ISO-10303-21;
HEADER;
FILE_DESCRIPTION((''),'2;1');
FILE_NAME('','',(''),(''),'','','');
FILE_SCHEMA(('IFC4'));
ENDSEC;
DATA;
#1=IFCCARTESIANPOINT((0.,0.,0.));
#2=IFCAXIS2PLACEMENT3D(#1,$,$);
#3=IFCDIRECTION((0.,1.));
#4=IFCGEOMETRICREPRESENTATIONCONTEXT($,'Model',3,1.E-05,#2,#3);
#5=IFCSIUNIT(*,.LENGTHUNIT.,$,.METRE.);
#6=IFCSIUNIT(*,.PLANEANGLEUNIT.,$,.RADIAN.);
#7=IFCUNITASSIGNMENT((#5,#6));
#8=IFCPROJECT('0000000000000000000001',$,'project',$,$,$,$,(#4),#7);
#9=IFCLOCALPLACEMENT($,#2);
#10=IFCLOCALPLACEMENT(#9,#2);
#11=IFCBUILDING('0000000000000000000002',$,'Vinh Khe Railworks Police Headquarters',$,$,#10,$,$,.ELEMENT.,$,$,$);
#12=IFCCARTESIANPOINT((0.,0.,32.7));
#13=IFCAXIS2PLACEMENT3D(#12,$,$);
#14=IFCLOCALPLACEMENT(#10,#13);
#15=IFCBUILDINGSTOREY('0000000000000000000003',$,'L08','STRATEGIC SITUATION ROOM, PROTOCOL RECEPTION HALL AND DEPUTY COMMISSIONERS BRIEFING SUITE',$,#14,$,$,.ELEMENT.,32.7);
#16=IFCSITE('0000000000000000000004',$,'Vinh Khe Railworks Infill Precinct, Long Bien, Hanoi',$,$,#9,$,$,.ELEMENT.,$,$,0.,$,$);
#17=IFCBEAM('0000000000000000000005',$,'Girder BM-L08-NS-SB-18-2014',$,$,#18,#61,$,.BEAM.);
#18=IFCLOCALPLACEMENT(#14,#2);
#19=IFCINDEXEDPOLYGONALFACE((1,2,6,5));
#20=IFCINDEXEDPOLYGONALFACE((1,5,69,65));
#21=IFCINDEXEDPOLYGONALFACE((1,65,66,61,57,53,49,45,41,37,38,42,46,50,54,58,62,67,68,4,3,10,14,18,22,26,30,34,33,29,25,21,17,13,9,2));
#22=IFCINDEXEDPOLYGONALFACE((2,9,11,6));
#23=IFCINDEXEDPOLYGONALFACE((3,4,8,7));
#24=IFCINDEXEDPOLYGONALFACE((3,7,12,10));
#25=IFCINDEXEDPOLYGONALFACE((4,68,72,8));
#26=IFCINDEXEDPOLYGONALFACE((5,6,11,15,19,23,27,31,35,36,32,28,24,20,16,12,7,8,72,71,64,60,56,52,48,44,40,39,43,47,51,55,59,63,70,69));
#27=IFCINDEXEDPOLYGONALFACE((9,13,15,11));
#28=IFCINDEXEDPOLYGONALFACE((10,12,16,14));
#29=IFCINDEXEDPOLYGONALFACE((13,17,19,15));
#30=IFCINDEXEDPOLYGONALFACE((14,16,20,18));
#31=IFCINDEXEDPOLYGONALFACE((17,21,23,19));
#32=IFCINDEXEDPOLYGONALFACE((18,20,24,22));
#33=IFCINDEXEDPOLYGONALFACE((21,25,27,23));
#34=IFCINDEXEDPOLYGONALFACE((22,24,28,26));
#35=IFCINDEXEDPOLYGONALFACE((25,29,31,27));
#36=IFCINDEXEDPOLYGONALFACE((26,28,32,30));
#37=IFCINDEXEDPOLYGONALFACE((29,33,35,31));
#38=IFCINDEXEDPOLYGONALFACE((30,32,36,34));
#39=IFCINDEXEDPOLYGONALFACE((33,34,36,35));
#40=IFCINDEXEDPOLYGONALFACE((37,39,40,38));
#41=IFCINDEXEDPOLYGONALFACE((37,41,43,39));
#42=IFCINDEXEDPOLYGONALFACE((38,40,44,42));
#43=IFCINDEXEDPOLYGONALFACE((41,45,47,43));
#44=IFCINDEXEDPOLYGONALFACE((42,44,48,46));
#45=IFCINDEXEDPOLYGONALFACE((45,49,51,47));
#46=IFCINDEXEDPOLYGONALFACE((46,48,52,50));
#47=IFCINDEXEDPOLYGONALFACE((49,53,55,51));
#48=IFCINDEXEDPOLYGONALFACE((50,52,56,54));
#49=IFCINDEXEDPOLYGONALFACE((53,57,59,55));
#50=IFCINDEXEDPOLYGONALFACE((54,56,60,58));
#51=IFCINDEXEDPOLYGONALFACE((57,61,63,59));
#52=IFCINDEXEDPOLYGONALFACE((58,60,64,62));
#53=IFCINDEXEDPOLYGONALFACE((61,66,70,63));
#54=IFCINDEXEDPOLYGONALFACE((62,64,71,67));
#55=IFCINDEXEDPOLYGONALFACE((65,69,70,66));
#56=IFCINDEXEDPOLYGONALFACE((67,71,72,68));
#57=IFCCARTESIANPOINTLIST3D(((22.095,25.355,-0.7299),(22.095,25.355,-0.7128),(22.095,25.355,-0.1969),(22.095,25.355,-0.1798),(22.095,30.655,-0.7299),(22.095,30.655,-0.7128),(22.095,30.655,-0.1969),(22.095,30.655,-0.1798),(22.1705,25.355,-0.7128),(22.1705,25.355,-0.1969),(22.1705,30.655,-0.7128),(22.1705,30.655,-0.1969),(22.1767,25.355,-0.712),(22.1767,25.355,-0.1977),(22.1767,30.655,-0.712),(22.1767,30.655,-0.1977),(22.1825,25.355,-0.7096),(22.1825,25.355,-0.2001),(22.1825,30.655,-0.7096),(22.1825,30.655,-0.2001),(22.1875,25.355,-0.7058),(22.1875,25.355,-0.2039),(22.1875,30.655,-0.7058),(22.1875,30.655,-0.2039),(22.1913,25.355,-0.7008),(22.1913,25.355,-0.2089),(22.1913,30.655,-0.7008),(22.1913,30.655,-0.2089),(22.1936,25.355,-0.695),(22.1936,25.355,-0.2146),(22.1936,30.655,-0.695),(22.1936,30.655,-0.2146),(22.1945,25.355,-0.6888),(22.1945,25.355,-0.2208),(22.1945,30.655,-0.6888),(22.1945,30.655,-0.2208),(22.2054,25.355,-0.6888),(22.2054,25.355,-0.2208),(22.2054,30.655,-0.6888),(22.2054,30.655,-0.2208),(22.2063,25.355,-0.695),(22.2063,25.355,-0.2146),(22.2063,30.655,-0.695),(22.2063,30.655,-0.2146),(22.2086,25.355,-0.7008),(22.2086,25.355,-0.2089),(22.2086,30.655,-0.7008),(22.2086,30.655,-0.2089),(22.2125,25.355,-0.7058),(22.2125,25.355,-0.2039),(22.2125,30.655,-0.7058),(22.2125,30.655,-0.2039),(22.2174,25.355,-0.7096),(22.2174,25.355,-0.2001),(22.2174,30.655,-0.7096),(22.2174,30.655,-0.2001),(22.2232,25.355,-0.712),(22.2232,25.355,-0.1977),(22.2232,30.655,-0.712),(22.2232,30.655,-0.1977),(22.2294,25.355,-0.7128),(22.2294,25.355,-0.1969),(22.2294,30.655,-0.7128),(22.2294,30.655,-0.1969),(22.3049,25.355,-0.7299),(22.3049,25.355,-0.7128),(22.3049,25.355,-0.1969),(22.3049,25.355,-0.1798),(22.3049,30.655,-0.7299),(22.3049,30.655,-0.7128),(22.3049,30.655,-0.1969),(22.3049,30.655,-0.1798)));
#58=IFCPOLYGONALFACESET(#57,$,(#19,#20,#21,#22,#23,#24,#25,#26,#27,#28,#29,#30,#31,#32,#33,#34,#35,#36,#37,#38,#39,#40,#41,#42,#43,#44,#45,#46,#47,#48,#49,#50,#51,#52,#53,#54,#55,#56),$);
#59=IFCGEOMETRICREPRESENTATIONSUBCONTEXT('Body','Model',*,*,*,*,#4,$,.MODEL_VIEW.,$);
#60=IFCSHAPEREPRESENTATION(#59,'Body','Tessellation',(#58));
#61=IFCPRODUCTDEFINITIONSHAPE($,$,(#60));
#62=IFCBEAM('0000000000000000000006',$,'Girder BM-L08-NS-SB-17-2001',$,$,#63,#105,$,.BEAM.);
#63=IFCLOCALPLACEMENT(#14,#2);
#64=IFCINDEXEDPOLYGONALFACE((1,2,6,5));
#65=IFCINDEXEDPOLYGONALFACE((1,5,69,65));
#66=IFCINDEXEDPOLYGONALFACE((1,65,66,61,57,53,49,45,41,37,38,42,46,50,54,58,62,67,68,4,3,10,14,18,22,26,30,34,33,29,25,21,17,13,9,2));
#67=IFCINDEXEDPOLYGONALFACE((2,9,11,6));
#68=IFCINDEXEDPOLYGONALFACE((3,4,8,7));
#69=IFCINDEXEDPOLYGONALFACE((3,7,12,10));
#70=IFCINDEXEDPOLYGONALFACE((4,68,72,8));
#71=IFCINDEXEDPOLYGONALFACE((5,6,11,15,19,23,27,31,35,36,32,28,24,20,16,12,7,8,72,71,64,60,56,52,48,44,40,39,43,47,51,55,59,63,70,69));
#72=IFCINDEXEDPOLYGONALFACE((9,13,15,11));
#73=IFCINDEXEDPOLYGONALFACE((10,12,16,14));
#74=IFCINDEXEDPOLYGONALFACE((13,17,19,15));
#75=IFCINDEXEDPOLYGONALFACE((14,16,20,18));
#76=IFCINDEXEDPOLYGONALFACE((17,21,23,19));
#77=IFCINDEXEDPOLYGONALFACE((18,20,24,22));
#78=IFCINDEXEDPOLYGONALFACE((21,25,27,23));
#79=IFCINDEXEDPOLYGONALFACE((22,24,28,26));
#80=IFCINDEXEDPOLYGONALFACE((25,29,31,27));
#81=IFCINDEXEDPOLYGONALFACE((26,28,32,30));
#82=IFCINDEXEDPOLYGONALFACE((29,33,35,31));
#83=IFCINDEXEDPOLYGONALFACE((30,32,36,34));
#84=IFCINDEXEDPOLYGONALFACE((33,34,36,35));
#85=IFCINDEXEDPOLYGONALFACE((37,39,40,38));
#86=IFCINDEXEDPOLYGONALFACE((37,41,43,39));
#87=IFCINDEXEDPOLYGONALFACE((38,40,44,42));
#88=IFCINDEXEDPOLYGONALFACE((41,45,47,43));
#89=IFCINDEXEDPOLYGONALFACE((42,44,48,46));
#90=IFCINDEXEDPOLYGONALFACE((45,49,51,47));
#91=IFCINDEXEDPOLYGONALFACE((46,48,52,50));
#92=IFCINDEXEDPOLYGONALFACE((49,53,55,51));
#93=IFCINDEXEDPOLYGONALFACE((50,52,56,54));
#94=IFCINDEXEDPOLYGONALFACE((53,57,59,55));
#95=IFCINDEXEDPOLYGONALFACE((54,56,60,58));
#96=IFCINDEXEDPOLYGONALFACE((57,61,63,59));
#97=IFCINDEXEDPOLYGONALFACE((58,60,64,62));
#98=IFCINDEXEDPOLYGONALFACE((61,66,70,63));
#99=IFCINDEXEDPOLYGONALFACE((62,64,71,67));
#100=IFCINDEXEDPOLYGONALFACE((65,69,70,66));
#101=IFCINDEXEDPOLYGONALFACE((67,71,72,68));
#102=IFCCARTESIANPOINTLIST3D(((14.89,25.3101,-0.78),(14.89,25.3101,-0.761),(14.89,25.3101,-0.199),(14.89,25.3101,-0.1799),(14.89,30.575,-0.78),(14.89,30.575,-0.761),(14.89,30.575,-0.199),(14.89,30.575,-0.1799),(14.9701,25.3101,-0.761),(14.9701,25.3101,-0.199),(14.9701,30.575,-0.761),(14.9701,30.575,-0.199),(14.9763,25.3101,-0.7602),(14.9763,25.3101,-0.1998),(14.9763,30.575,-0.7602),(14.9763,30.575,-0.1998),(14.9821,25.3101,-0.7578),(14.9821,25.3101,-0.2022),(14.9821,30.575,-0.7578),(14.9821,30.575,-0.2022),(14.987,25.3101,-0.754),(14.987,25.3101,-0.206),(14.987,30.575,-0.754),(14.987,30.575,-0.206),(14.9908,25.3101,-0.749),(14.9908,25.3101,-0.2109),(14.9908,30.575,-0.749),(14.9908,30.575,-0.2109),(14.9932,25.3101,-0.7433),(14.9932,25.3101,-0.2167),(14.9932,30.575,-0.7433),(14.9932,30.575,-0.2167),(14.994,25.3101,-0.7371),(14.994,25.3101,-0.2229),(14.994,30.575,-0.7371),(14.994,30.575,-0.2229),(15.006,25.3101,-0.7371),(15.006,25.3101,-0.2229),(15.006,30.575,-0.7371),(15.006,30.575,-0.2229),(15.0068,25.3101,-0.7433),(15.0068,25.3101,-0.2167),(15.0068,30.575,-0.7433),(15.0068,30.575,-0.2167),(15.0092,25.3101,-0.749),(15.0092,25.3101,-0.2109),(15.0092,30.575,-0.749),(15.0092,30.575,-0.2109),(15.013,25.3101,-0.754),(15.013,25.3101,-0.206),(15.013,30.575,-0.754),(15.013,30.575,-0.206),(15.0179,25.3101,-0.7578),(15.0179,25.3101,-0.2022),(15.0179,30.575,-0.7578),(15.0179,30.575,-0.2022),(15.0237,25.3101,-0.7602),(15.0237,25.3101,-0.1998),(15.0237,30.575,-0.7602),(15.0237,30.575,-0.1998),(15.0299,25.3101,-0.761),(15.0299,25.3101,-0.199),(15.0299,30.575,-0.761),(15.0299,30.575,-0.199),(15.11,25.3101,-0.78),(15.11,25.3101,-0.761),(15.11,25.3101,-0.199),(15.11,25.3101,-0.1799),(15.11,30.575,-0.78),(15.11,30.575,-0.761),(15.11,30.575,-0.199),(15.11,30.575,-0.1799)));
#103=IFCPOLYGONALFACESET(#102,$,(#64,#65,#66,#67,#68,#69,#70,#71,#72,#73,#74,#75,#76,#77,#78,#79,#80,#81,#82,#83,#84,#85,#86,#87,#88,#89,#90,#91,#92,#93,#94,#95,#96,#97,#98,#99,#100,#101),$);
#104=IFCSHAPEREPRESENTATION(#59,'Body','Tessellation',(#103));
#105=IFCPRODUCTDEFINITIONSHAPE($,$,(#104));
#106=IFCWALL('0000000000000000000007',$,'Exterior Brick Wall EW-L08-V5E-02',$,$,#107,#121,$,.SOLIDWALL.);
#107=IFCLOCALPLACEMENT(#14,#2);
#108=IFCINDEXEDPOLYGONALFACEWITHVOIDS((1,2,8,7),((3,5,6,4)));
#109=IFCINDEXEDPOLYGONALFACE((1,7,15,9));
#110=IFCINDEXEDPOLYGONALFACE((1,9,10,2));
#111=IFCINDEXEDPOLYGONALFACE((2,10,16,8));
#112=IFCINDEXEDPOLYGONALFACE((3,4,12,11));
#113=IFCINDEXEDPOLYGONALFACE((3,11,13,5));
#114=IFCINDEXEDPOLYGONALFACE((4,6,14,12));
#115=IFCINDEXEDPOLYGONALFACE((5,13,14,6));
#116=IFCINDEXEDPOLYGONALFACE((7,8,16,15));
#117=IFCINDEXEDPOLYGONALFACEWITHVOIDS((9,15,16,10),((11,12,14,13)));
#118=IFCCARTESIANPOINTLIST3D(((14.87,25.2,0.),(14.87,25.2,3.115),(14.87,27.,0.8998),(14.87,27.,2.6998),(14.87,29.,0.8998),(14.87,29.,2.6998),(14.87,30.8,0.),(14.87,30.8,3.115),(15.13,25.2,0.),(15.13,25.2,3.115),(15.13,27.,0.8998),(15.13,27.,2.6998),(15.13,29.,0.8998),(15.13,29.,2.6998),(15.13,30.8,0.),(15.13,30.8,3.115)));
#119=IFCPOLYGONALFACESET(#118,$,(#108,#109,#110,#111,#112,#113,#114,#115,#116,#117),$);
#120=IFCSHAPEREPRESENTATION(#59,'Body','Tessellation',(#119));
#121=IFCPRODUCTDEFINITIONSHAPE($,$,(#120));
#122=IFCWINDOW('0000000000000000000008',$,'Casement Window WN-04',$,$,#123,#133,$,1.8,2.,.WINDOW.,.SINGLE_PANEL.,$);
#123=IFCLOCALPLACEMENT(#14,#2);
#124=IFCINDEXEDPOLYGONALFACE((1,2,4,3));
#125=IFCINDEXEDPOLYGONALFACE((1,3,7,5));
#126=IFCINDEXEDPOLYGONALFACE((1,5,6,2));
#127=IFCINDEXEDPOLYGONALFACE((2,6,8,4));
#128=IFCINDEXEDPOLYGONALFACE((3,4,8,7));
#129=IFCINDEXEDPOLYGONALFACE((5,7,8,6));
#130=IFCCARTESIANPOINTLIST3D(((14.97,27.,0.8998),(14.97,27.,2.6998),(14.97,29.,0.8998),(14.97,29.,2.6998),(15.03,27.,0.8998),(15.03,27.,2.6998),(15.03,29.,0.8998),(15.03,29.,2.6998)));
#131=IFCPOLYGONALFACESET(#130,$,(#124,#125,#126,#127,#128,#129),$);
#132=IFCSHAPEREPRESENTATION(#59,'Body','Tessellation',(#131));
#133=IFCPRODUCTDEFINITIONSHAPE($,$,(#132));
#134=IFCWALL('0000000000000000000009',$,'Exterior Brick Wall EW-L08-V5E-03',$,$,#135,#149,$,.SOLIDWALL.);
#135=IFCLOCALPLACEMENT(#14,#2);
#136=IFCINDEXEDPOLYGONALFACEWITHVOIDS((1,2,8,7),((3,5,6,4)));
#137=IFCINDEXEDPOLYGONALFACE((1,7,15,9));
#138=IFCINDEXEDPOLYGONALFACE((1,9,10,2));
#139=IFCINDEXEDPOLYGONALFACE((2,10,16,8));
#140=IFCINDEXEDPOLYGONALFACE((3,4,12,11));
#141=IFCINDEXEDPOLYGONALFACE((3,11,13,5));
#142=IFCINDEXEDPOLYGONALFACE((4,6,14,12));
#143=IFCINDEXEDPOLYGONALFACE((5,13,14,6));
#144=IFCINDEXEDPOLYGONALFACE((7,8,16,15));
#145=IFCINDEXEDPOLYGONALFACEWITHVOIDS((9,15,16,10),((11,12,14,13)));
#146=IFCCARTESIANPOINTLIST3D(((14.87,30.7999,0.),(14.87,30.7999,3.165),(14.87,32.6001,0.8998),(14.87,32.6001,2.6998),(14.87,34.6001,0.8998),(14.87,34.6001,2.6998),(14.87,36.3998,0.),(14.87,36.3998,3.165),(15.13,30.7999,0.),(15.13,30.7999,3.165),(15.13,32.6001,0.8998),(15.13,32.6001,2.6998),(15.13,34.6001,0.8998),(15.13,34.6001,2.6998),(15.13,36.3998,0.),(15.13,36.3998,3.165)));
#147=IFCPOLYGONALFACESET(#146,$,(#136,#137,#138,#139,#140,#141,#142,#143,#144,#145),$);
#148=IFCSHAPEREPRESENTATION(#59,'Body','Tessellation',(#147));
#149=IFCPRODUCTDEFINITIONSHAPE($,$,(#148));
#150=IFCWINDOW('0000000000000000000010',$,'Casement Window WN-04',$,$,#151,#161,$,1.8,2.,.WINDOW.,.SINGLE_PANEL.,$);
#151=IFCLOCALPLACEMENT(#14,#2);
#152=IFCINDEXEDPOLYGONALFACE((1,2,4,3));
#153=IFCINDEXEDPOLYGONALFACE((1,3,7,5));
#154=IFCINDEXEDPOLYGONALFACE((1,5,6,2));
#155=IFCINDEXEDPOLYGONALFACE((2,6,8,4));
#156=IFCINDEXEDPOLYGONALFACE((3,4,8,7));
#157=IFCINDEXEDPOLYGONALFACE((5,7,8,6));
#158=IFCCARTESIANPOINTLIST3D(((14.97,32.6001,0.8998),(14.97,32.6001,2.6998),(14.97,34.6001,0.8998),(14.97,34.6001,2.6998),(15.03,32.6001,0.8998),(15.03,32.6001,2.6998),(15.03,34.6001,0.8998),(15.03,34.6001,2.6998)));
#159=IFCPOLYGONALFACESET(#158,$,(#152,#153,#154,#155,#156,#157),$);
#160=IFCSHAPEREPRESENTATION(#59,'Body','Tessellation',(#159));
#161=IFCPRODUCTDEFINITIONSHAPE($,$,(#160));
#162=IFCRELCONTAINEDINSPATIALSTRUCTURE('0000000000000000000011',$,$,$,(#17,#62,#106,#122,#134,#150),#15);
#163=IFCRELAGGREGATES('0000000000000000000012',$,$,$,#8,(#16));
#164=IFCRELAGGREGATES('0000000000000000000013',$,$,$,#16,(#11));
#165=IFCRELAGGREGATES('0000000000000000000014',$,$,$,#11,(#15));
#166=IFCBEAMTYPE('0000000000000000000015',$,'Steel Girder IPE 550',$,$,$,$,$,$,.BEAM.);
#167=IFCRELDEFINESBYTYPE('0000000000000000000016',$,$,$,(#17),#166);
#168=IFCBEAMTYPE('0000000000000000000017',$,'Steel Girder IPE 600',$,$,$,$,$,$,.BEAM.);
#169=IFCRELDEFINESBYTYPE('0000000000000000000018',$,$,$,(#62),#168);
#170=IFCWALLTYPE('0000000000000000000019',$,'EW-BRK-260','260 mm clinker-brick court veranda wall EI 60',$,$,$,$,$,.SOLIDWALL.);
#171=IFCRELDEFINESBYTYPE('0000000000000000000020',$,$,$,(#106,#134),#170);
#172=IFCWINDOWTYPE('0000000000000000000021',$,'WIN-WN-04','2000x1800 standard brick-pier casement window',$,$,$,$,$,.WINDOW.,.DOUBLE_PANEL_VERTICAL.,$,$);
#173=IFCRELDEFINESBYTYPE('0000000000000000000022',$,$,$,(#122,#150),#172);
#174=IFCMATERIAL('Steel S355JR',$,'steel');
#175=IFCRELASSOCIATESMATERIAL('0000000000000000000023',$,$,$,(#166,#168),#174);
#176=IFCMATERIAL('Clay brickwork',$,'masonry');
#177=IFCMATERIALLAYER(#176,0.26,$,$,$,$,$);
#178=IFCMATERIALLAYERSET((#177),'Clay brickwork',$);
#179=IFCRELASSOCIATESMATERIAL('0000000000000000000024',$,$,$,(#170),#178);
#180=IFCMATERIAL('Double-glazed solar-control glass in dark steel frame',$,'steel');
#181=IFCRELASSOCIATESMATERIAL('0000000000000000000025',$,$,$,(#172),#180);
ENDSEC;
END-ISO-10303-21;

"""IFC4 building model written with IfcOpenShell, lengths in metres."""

from ifc_helpers import new_model, si_unit, direction, frame, frame_2d, origin, origin_2d, place, context, subcontext, project, spatial, rectangle, i_section, extrude, material, layer, layer_set, material_profile, profile_set, type_object, element, fill, save


model = new_model("IFC4")

# Units and contexts
model_context = context("Model", 3, precision=1e-05, world=origin(), true_north=direction((0.0, 1.0)))
body_context = subcontext(model_context, "Body", "Model", "MODEL_VIEW")
ifc_project = project(units=[si_unit("LENGTHUNIT", "METRE"), si_unit("PLANEANGLEUNIT", "RADIAN")], contexts=[model_context])

# Site, building, storey
site_placement = place(None, origin())
site = spatial("IfcSite", under=ifc_project, at=site_placement, Name="Vinh Khe Railworks Infill Precinct, Long Bien, Hanoi", CompositionType="ELEMENT", RefElevation=0.0)
building_placement = place(site_placement, origin())
building = spatial("IfcBuilding", under=site, at=building_placement, Name="Vinh Khe Railworks Police Headquarters", CompositionType="ELEMENT")
storey_placement = place(building_placement, frame((0.0, 0.0, 32.7)))
storey = spatial("IfcBuildingStorey", under=building, at=storey_placement, Name="L08", Description="STRATEGIC SITUATION ROOM, PROTOCOL RECEPTION HALL AND DEPUTY COMMISSIONERS BRIEFING SUITE", CompositionType="ELEMENT", Elevation=32.7)

# Shared definitions
ifc_material_1 = material(Name="Steel S355JR", Category="steel")

# Beams
ifc_material_profile_1 = material_profile(ifc_material_1, i_section(OverallWidth=0.21, OverallDepth=0.55, WebThickness=0.011, FlangeThickness=0.0171, FilletRadius=0.0239, at=origin_2d()), Name="IPE 550")
ifc_profile_set_1 = profile_set([ifc_material_profile_1], Name="Steel S355JR")
beam_type_1 = type_object("IfcBeamType", Name="Steel Girder IPE 550", PredefinedType="BEAM", material=ifc_profile_set_1)
beam_1_placement = place(storey_placement, frame((22.2, 25.355, -0.4548), z_axis=(0.0, 1.0, 0.0), x_axis=(-1.0, 0.0, 0.0)))
element("IfcBeam", 1, at=beam_1_placement, inside=storey, type_object=beam_type_1, Name="Girder BM-L08-NS-SB-18-2014", PredefinedType="BEAM", context=body_context, shape_type="SweptSolid", body=[
    extrude(i_section(OverallWidth=0.21, OverallDepth=0.55, WebThickness=0.011, FlangeThickness=0.0171, FilletRadius=0.0239, at=origin_2d()), origin(), (0.0, 0.0, 1.0), 5.3),
])
ifc_material_profile_2 = material_profile(ifc_material_1, i_section(OverallWidth=0.22, OverallDepth=0.6001, WebThickness=0.012, FlangeThickness=0.019, FilletRadius=0.0239, at=origin_2d()), Name="IPE 600")
ifc_profile_set_2 = profile_set([ifc_material_profile_2], Name="Steel S355JR")
beam_type_2 = type_object("IfcBeamType", Name="Steel Girder IPE 600", PredefinedType="BEAM", material=ifc_profile_set_2)
beam_2_placement = place(storey_placement, frame((15.0, 25.3101, -0.48), z_axis=(0.0, 1.0, 0.0), x_axis=(-1.0, 0.0, 0.0)))
element("IfcBeam", 2, at=beam_2_placement, inside=storey, type_object=beam_type_2, Name="Girder BM-L08-NS-SB-17-2001", PredefinedType="BEAM", context=body_context, shape_type="SweptSolid", body=[
    extrude(i_section(OverallWidth=0.22, OverallDepth=0.6001, WebThickness=0.012, FlangeThickness=0.019, FilletRadius=0.0239, at=origin_2d()), origin(), (0.0, 0.0, 1.0), 5.2649),
])

# Walls, openings, windows
ifc_material_2 = material(Name="Clay brickwork", Category="masonry")
ifc_layer_1 = layer(ifc_material_2, 0.26)
ifc_layer_set_1 = layer_set([ifc_layer_1], Name="Clay brickwork")
wall_type_1 = type_object("IfcWallType", Name="EW-BRK-260", Description="260 mm clinker-brick court veranda wall EI 60", PredefinedType="SOLIDWALL", material=ifc_layer_set_1)
wall_1_placement = place(storey_placement, frame((15.0, 25.2, 0.0), z_axis=(0.0, 0.0, 1.0), x_axis=(0.0, 1.0, 0.0)))
wall_1 = element("IfcWall", 3, at=wall_1_placement, inside=storey, type_object=wall_type_1, Name="Exterior Brick Wall EW-L08-V5E-02", PredefinedType="SOLIDWALL", context=body_context, shape_type="SweptSolid", body=[
    extrude(rectangle(XDim=5.6001, YDim=0.26, at=frame_2d((2.8, 0.0))), origin(), (0.0, 0.0, 1.0), 3.115),
])
opening_1_placement = place(wall_1_placement, frame((1.8, 0.0, 0.8999)))
opening_1 = element("IfcOpeningElement", 4, at=opening_1_placement, cuts=wall_1, PredefinedType="OPENING", context=body_context, shape_type="SweptSolid", body=[
    extrude(rectangle(XDim=2.0, YDim=1.8, at=frame_2d((1.0, 0.8999))), frame((0.0, 0.145, 0.0), z_axis=(0.0, -1.0, 0.0), x_axis=(1.0, 0.0, 0.0)), (0.0, 0.0, 1.0), 0.2898),
])
ifc_material_3 = material(Name="Double-glazed solar-control glass in dark steel frame", Category="steel")
window_type_1 = type_object("IfcWindowType", Name="WIN-WN-04", Description="2000x1800 standard brick-pier casement window", PartitioningType="DOUBLE_PANEL_VERTICAL", PredefinedType="WINDOW", material=ifc_material_3)
window_1_placement = place(opening_1_placement, origin())
window_1 = element("IfcWindow", 5, at=window_1_placement, inside=storey, type_object=window_type_1, Name="Casement Window WN-04", OverallHeight=1.8, OverallWidth=2.0, PartitioningType="SINGLE_PANEL", PredefinedType="WINDOW", context=body_context, shape_type="SweptSolid", body=[
    extrude(rectangle(XDim=2.0, YDim=1.8, at=frame_2d((1.0, 0.8999))), frame((0.0, 0.03, 0.0), z_axis=(0.0, -1.0, 0.0), x_axis=(1.0, 0.0, 0.0)), (0.0, 0.0, 1.0), 0.0601),
])
fill(opening_1, window_1)
wall_2_placement = place(storey_placement, frame((15.0, 30.8, 0.0), z_axis=(0.0, 0.0, 1.0), x_axis=(0.0, 1.0, 0.0)))
wall_2 = element("IfcWall", 6, at=wall_2_placement, inside=storey, type_object=wall_type_1, Name="Exterior Brick Wall EW-L08-V5E-03", PredefinedType="SOLIDWALL", context=body_context, shape_type="SweptSolid", body=[
    extrude(rectangle(XDim=5.5999, YDim=0.26, at=frame_2d((2.7998, 0.0))), origin(), (0.0, 0.0, 1.0), 3.165),
])
opening_2_placement = place(wall_2_placement, frame((1.8, 0.0, 0.8999)))
opening_2 = element("IfcOpeningElement", 7, at=opening_2_placement, cuts=wall_2, PredefinedType="OPENING", context=body_context, shape_type="SweptSolid", body=[
    extrude(rectangle(XDim=2.0, YDim=1.8, at=frame_2d((1.0, 0.8999))), frame((0.0, 0.145, 0.0), z_axis=(0.0, -1.0, 0.0), x_axis=(1.0, 0.0, 0.0)), (0.0, 0.0, 1.0), 0.2898),
])
window_2_placement = place(opening_2_placement, origin())
window_2 = element("IfcWindow", 8, at=window_2_placement, inside=storey, type_object=window_type_1, Name="Casement Window WN-04", OverallHeight=1.8, OverallWidth=2.0, PartitioningType="SINGLE_PANEL", PredefinedType="WINDOW", context=body_context, shape_type="SweptSolid", body=[
    extrude(rectangle(XDim=2.0, YDim=1.8, at=frame_2d((1.0, 0.8999))), frame((0.0, 0.03, 0.0), z_axis=(0.0, -1.0, 0.0), x_axis=(1.0, 0.0, 0.0)), (0.0, 0.0, 1.0), 0.0601),
])
fill(opening_2, window_2)

save(model, "model.ifc")
